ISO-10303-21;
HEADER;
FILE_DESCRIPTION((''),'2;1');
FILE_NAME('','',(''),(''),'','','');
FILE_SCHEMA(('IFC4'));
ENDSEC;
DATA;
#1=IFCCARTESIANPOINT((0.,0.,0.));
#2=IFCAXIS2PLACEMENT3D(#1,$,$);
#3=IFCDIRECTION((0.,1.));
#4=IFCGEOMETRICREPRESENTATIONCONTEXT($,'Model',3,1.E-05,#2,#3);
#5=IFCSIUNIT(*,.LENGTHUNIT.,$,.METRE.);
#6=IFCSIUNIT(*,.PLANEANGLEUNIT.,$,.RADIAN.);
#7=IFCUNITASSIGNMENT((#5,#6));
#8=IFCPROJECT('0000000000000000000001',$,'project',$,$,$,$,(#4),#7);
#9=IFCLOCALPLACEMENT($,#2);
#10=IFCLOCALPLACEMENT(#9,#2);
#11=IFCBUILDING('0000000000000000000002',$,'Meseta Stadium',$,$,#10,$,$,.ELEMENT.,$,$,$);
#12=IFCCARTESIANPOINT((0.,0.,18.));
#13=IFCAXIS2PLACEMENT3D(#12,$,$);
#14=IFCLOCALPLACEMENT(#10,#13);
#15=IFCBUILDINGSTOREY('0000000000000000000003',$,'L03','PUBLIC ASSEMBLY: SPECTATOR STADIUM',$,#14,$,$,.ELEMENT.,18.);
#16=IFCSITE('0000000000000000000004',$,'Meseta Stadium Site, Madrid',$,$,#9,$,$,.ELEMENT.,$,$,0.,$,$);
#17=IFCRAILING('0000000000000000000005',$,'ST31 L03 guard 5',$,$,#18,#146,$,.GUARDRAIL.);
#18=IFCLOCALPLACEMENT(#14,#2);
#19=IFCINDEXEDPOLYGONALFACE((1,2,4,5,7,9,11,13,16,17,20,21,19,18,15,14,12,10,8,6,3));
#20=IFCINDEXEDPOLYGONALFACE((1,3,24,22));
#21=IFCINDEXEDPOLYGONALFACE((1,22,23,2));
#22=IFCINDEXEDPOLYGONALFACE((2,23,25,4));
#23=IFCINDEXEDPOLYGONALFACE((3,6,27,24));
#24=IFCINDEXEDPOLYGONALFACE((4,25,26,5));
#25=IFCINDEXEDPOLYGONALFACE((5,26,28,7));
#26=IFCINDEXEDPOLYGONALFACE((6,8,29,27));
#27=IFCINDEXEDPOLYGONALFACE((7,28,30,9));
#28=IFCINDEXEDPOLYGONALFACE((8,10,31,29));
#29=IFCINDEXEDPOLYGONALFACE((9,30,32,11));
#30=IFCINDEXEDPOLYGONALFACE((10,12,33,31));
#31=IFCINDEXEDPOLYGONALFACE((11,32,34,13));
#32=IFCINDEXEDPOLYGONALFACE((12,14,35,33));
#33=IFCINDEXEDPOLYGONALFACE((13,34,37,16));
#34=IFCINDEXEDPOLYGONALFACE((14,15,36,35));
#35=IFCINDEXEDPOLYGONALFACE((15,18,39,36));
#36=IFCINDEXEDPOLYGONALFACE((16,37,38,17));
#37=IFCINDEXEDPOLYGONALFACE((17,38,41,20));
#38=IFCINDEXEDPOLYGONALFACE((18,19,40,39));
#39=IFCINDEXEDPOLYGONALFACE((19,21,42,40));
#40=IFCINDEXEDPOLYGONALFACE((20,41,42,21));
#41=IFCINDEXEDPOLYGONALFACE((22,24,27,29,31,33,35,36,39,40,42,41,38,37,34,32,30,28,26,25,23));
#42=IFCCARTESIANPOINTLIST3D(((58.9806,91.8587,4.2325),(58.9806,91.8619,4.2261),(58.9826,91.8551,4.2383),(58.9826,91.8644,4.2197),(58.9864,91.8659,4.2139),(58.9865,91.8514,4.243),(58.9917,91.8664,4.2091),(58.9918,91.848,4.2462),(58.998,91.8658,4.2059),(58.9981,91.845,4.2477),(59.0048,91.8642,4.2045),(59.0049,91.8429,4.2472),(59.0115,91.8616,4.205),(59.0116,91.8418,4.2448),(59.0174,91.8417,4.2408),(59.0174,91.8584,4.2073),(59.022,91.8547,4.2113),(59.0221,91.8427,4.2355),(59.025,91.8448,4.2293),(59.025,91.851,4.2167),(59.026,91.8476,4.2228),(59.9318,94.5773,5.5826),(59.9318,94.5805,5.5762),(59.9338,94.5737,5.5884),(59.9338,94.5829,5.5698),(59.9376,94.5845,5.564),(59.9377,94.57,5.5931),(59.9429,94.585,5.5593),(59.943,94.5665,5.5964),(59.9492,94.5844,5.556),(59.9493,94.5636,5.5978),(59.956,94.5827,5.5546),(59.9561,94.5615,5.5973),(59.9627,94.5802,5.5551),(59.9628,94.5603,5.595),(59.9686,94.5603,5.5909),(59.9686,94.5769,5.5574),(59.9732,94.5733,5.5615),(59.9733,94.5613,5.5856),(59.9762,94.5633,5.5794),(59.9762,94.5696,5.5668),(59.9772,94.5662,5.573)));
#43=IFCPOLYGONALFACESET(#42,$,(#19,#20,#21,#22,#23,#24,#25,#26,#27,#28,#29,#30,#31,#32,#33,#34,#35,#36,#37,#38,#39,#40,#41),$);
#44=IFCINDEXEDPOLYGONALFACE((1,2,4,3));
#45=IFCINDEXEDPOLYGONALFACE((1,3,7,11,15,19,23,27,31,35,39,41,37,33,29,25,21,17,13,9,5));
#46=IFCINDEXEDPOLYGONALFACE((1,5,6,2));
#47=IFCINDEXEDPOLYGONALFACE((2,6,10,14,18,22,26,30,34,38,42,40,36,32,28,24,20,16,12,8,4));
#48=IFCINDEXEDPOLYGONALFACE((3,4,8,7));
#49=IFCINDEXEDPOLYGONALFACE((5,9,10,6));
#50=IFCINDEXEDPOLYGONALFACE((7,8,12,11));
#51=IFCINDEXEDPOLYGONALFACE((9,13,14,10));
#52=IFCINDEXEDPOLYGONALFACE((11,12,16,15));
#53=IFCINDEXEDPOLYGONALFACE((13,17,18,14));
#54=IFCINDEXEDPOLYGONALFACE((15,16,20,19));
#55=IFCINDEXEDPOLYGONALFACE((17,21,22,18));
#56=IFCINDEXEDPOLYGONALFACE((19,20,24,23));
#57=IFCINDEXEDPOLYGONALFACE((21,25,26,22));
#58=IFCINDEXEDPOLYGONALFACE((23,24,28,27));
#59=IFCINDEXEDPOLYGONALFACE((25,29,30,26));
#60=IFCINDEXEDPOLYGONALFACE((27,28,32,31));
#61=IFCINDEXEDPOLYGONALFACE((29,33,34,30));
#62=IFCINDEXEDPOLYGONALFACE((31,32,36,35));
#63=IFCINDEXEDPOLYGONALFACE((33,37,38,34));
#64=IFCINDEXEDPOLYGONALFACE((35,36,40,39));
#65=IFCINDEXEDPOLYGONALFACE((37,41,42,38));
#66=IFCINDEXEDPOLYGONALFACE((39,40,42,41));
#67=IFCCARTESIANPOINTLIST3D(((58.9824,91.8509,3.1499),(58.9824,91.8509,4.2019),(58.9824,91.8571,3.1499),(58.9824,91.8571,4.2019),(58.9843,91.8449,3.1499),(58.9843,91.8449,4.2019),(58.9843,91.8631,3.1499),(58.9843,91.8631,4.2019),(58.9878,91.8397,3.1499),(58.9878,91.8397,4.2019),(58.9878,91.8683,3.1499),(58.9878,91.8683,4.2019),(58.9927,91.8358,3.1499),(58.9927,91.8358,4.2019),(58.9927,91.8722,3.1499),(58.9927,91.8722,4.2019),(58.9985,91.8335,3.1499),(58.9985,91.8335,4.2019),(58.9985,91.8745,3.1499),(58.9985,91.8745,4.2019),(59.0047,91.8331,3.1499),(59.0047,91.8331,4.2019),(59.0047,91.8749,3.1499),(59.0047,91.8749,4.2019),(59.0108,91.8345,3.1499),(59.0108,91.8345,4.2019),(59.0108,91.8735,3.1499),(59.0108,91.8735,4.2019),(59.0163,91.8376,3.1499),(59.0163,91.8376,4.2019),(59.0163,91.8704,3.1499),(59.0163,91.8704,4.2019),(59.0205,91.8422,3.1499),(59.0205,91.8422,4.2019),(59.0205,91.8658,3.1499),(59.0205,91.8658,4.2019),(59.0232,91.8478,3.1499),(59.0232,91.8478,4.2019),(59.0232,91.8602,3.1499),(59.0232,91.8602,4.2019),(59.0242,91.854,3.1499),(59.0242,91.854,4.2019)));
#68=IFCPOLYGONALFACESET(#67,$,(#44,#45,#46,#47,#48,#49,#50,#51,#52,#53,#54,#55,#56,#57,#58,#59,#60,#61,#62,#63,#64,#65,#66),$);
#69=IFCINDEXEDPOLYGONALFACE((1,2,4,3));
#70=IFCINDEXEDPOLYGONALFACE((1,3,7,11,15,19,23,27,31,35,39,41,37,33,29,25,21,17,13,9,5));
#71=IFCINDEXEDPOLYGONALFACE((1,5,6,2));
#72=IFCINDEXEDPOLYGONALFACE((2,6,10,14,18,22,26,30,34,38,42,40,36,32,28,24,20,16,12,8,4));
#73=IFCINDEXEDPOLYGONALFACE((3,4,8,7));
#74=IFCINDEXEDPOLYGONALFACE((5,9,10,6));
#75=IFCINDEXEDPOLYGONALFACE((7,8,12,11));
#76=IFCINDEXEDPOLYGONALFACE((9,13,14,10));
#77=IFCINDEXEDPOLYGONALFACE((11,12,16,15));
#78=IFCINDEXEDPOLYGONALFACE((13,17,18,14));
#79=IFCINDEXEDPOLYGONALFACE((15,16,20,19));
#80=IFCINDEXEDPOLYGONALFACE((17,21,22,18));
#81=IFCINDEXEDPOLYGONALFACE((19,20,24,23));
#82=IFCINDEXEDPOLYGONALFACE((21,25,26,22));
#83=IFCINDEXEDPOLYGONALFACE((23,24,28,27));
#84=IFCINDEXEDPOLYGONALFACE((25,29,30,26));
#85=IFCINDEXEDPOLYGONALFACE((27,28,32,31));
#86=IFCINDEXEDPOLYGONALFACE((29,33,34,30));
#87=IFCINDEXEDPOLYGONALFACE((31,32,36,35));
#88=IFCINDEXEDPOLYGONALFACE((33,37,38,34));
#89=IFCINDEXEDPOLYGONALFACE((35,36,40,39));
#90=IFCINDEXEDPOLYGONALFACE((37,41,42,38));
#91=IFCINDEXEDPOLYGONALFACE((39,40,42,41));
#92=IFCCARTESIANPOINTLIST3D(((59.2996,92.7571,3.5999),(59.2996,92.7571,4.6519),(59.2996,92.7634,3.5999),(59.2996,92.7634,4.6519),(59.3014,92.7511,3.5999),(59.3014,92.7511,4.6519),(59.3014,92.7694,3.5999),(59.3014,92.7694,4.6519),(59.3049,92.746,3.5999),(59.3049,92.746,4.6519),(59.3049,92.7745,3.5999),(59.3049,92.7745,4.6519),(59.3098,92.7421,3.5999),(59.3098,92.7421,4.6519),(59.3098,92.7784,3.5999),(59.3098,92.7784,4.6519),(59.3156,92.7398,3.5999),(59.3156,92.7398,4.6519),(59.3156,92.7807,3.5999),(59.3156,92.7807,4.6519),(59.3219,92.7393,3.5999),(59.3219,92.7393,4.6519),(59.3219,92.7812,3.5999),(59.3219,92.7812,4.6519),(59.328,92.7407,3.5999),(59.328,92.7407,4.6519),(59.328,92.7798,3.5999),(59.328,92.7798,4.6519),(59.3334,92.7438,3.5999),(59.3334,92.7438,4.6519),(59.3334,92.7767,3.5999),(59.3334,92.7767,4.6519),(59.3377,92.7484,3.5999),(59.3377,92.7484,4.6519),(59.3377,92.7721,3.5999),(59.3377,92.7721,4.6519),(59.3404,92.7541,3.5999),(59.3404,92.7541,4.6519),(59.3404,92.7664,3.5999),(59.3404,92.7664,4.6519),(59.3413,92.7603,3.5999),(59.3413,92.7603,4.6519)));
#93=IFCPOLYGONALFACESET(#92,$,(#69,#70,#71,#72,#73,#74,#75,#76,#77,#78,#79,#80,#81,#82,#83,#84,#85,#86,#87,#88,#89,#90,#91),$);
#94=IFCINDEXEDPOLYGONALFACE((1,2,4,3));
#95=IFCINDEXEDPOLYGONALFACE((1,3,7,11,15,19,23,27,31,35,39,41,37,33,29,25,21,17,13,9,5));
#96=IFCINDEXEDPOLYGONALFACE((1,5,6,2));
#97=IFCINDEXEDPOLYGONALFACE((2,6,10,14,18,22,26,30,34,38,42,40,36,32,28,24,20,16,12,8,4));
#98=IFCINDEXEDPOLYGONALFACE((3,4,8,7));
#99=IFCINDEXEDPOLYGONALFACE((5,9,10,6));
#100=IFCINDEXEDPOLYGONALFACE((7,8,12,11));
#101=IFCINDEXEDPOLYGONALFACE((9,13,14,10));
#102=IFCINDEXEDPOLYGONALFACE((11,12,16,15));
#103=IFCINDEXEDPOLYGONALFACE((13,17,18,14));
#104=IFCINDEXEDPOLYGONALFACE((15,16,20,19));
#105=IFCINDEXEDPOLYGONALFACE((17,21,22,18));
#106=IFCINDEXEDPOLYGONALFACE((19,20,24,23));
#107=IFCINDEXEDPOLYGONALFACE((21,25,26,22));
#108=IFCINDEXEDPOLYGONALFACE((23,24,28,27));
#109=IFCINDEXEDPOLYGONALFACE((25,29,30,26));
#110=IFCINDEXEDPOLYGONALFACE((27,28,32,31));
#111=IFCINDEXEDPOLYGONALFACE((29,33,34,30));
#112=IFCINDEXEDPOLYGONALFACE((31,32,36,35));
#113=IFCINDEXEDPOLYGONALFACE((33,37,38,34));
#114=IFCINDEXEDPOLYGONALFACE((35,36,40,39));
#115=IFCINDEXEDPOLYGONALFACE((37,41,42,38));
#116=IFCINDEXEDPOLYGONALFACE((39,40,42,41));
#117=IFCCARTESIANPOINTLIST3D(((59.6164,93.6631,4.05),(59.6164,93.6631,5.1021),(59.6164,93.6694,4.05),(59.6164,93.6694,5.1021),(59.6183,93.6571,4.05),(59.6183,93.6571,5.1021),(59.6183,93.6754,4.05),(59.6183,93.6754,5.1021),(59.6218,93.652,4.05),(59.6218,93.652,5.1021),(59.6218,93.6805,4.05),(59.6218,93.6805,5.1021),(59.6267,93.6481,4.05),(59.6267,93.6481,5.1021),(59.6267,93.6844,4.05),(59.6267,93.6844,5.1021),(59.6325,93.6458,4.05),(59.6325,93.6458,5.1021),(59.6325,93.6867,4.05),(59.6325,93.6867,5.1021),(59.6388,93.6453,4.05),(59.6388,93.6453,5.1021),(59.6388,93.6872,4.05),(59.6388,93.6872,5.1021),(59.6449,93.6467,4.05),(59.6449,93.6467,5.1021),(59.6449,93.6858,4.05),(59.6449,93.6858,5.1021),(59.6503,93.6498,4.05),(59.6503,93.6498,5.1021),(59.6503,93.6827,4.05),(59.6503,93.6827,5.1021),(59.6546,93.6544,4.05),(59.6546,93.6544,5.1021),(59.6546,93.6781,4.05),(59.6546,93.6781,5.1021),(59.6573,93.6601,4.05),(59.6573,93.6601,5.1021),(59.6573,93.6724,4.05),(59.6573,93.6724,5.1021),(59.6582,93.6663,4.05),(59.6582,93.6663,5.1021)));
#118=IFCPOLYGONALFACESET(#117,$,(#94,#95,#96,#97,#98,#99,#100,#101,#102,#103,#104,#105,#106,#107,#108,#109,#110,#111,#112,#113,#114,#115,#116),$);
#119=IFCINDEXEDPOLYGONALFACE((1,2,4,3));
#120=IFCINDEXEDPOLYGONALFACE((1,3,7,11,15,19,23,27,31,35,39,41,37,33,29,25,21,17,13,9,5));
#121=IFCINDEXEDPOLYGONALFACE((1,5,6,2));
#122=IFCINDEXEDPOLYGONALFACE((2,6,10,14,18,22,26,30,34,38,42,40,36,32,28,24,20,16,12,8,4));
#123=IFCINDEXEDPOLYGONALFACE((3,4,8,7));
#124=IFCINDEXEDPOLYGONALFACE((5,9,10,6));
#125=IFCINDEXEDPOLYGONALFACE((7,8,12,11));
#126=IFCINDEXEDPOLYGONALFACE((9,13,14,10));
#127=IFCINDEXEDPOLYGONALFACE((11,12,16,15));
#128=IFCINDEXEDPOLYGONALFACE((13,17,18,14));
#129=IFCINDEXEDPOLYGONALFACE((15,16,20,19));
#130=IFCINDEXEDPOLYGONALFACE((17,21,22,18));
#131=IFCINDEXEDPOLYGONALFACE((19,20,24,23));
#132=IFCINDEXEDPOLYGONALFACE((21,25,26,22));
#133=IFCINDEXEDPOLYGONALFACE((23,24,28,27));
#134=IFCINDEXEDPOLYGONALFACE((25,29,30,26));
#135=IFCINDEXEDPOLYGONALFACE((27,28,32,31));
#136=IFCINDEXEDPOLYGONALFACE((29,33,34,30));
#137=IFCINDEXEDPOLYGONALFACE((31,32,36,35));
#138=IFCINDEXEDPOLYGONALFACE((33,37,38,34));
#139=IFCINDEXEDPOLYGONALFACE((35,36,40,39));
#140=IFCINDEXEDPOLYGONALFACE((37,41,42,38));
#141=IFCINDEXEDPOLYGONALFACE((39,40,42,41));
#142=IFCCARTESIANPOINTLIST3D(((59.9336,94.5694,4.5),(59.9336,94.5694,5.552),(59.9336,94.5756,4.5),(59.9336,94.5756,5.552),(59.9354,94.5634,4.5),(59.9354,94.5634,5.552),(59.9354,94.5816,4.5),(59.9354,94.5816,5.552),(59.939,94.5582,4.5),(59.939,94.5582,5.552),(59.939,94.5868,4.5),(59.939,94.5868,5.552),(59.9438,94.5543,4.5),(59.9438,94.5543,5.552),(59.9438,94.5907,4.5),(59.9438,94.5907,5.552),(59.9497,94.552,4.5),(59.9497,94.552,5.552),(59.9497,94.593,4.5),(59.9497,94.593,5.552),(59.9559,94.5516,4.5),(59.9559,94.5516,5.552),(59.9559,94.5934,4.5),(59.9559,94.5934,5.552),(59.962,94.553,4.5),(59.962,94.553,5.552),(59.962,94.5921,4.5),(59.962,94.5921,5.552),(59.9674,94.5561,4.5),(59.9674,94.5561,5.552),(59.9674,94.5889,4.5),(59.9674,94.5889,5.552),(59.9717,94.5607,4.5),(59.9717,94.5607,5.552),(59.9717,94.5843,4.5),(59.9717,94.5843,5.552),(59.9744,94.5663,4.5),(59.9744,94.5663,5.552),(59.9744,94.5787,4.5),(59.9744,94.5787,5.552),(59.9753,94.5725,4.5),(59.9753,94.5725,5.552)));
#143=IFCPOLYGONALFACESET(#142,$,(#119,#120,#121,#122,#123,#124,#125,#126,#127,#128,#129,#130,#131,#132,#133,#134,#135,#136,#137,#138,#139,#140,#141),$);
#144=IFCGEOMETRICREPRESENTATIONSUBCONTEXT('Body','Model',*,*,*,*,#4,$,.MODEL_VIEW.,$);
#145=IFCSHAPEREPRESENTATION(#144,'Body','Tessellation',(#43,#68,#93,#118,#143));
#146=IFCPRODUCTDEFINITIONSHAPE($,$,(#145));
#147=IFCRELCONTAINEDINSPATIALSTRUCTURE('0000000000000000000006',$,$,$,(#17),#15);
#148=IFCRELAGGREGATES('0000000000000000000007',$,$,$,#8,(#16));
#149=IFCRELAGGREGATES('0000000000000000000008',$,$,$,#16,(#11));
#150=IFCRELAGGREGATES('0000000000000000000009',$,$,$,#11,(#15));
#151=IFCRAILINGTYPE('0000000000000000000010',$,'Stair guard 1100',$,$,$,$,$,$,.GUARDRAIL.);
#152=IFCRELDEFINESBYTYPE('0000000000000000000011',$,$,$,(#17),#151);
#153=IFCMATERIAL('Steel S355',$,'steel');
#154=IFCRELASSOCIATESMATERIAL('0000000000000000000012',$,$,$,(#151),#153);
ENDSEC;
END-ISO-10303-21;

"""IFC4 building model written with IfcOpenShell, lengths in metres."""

from ifc_helpers import new_model, si_unit, direction, frame, origin, origin_2d, place, context, subcontext, project, spatial, circle, extrude, material, type_object, element, save


model = new_model("IFC4")

# Units and contexts
model_context = context("Model", 3, precision=1e-05, world=origin(), true_north=direction((0.0, 1.0)))
body_context = subcontext(model_context, "Body", "Model", "MODEL_VIEW")
ifc_project = project(units=[si_unit("LENGTHUNIT", "METRE"), si_unit("PLANEANGLEUNIT", "RADIAN")], contexts=[model_context])

# Site, building, storey
site_placement = place(None, origin())
site = spatial("IfcSite", under=ifc_project, at=site_placement, Name="Meseta Stadium Site, Madrid", CompositionType="ELEMENT", RefElevation=0.0)
building_placement = place(site_placement, origin())
building = spatial("IfcBuilding", under=site, at=building_placement, Name="Meseta Stadium", CompositionType="ELEMENT")
storey_placement = place(building_placement, frame((0.0, 0.0, 18.0)))
storey = spatial("IfcBuildingStorey", under=building, at=storey_placement, Name="L03", Description="PUBLIC ASSEMBLY: SPECTATOR STADIUM", CompositionType="ELEMENT", Elevation=18.0)

# Railing
ifc_material_1 = material(Name="Steel S355", Category="steel")
railing_type_1 = type_object("IfcRailingType", Name="Stair guard 1100", PredefinedType="GUARDRAIL", material=ifc_material_1)
railing_1_placement = place(storey_placement, frame((59.0032, 91.854, 3.1499)))
element("IfcRailing", 1, at=railing_1_placement, inside=storey, type_object=railing_type_1, Name="ST31 L03 guard 5", PredefinedType="GUARDRAIL", context=body_context, shape_type="SweptSolid", body=[
    extrude(circle(Radius=0.0239, at=origin_2d()), frame((0.0, 0.0, 1.0762), z_axis=(0.299031, 0.854649, 0.424446), x_axis=(-0.943891, 0.330256, 0.0)), (0.0, 0.0, 1.0), 3.1809),
    extrude(circle(Radius=0.021, at=origin_2d()), origin(), (0.0, 0.0, 1.0), 1.052),
    extrude(circle(Radius=0.021, at=origin_2d()), frame((0.3171, 0.9062, 0.45)), (0.0, 0.0, 1.0), 1.052),
    extrude(circle(Radius=0.021, at=origin_2d()), frame((0.634, 1.8123, 0.9001)), (0.0, 0.0, 1.0), 1.052),
    extrude(circle(Radius=0.021, at=origin_2d()), frame((0.9512, 2.7185, 1.3501)), (0.0, 0.0, 1.0), 1.052),
])

save(model, "model.ifc")
